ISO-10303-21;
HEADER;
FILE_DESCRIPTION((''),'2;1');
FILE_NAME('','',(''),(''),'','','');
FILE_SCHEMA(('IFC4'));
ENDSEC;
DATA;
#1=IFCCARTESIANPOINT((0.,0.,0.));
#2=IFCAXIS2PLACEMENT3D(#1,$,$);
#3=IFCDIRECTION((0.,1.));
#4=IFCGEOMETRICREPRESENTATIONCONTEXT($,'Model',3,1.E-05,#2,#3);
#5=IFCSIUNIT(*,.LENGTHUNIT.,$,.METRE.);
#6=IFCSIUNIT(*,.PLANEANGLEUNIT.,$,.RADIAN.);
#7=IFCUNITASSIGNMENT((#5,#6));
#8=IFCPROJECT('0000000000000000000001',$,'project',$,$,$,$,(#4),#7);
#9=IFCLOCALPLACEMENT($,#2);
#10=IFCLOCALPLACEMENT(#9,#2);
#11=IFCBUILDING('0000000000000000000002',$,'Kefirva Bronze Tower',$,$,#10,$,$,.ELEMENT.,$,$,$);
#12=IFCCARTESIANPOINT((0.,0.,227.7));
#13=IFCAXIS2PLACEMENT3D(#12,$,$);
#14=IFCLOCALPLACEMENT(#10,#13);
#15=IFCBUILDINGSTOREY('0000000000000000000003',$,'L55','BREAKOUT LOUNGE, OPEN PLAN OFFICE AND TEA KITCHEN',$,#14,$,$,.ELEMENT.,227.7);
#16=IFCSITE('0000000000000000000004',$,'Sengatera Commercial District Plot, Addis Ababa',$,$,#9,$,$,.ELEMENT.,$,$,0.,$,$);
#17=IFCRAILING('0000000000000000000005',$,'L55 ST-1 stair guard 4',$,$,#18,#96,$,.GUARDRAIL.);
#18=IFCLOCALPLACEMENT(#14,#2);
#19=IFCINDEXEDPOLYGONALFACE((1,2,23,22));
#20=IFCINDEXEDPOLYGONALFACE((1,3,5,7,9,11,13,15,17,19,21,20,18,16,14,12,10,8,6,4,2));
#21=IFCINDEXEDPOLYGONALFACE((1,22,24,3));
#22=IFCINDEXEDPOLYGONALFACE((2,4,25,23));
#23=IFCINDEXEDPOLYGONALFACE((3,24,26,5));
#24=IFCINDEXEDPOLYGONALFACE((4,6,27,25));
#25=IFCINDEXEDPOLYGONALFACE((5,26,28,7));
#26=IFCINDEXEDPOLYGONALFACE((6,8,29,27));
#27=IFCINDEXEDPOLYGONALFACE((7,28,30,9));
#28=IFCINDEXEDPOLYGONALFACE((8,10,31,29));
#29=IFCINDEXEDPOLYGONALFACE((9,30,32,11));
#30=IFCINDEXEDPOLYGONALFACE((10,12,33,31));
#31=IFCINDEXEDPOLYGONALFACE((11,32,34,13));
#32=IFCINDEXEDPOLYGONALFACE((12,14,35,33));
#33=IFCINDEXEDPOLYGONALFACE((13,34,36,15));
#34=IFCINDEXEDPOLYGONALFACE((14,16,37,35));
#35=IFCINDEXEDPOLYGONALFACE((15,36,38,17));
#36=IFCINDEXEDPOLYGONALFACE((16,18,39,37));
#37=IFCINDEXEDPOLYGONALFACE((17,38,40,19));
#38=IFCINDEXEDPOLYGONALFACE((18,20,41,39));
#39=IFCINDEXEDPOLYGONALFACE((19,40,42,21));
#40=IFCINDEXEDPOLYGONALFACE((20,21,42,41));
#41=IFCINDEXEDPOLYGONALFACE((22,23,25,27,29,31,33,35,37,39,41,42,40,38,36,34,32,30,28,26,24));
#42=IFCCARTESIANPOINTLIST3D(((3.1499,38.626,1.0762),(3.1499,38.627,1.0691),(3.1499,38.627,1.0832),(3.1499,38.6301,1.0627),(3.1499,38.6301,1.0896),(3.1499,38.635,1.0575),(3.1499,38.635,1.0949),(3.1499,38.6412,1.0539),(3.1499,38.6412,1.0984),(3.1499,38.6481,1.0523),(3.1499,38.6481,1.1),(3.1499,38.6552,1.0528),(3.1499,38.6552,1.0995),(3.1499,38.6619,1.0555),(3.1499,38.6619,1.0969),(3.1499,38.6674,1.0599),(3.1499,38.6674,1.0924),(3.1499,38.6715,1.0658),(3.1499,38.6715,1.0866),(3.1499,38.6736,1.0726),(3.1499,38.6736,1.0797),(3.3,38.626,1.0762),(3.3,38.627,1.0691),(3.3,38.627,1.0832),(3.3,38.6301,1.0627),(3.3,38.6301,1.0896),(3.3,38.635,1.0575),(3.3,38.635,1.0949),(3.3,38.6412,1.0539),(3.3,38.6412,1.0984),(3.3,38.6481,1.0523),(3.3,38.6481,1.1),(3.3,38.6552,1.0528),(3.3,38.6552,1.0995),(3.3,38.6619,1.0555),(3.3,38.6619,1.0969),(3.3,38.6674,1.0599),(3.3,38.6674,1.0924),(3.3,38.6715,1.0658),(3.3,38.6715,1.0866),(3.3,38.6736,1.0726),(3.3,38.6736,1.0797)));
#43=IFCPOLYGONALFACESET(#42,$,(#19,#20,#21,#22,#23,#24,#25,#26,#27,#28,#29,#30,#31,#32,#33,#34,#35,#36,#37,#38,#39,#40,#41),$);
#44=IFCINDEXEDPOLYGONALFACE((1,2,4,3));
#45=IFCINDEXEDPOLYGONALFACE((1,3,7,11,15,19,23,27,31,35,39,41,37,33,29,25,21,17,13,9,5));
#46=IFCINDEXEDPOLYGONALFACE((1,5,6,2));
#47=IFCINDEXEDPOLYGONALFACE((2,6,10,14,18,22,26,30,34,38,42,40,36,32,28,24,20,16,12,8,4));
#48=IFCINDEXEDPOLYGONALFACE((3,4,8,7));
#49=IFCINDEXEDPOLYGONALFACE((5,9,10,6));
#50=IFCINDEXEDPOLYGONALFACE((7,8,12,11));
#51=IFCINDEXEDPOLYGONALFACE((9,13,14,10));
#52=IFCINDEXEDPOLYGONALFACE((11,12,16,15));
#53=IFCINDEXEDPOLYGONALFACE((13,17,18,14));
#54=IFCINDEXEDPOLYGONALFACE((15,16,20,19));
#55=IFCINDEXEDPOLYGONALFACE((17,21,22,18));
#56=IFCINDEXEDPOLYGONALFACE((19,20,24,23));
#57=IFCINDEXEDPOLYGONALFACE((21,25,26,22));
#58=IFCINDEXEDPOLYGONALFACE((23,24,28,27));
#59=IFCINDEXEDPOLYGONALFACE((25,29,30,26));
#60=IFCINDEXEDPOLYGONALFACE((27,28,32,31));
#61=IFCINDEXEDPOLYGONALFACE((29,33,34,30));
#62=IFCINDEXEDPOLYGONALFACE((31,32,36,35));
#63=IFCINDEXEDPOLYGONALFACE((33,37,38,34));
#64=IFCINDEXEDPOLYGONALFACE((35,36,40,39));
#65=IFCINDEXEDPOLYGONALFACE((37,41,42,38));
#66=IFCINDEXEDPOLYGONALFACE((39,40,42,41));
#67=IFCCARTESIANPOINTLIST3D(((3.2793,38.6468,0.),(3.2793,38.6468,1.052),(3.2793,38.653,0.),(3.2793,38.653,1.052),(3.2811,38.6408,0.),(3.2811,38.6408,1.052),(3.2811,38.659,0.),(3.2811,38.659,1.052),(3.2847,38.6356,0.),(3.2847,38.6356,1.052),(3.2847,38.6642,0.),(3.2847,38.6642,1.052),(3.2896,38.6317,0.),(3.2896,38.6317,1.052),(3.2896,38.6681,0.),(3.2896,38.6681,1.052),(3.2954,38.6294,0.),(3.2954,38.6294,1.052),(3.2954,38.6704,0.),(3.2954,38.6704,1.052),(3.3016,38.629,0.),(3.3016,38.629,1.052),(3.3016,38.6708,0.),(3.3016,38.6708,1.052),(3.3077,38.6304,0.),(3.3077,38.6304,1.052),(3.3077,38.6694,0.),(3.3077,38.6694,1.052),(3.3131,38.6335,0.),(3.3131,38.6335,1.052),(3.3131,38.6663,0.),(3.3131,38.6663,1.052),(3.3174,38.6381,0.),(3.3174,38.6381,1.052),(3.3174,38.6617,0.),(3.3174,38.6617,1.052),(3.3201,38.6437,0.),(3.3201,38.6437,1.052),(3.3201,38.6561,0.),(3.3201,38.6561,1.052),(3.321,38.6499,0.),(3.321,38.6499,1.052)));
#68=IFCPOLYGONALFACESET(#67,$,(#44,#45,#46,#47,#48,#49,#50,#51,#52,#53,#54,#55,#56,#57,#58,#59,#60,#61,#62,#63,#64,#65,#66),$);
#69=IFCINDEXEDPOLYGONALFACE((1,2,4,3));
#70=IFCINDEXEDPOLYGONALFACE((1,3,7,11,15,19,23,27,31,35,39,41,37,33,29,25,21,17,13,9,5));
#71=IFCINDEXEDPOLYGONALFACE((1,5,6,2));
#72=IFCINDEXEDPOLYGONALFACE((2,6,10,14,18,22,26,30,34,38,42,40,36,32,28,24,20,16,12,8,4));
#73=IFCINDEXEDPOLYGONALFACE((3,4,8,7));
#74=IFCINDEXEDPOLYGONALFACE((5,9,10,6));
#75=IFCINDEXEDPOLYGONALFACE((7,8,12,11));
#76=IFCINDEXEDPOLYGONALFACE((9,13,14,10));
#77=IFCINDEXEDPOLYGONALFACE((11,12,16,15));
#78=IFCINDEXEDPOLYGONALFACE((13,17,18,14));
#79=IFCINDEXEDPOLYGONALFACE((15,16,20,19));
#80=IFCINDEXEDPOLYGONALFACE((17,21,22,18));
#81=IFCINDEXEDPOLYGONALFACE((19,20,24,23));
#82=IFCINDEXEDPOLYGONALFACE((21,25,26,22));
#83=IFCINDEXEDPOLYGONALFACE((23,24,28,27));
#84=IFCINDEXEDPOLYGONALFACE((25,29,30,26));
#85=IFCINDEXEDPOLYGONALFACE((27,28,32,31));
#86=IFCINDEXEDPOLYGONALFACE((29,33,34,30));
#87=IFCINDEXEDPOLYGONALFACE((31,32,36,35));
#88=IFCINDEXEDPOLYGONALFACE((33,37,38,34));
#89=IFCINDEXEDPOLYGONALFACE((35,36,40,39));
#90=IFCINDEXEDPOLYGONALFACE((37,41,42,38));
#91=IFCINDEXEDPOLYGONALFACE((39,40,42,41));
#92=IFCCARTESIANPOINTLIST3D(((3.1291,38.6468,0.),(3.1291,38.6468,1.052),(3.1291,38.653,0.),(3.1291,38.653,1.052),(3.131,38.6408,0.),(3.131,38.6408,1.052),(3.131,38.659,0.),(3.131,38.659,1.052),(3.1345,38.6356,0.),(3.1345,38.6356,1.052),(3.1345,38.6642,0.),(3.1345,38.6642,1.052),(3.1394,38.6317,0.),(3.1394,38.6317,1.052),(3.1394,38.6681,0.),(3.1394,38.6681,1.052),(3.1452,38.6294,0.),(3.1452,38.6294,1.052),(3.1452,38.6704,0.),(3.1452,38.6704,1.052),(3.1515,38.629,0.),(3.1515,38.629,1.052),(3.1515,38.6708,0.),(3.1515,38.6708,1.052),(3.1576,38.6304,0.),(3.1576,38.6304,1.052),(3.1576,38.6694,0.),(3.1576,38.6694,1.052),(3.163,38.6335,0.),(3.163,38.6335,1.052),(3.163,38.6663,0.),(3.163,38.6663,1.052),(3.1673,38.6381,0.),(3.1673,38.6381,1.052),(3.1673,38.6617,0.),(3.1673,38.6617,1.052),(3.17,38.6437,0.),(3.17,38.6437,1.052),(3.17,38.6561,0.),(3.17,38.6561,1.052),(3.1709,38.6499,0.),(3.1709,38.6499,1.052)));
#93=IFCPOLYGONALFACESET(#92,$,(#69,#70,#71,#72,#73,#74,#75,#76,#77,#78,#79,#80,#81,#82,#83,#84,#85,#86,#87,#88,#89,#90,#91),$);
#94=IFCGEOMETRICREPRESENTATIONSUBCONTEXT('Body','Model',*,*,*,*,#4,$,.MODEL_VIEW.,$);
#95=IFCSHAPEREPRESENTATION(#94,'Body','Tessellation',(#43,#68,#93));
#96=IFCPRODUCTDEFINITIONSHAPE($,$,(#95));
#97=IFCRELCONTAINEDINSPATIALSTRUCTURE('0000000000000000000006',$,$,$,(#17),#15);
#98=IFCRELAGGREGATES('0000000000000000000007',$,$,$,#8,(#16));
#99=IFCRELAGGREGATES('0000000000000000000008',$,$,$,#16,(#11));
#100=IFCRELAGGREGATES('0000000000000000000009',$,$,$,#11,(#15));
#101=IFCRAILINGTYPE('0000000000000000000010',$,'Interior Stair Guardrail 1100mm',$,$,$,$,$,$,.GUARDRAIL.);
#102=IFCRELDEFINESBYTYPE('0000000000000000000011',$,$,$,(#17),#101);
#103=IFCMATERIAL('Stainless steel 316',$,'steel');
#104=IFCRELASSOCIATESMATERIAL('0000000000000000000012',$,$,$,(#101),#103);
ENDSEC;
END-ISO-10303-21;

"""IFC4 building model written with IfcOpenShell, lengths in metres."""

from ifc_helpers import new_model, si_unit, direction, frame, origin, origin_2d, place, context, subcontext, project, spatial, circle, extrude, material, type_object, element, save


model = new_model("IFC4")

# Units and contexts
model_context = context("Model", 3, precision=1e-05, world=origin(), true_north=direction((0.0, 1.0)))
body_context = subcontext(model_context, "Body", "Model", "MODEL_VIEW")
ifc_project = project(units=[si_unit("LENGTHUNIT", "METRE"), si_unit("PLANEANGLEUNIT", "RADIAN")], contexts=[model_context])

# Site, building, storey
site_placement = place(None, origin())
site = spatial("IfcSite", under=ifc_project, at=site_placement, Name="Sengatera Commercial District Plot, Addis Ababa", CompositionType="ELEMENT", RefElevation=0.0)
building_placement = place(site_placement, origin())
building = spatial("IfcBuilding", under=site, at=building_placement, Name="Kefirva Bronze Tower", CompositionType="ELEMENT")
storey_placement = place(building_placement, frame((0.0, 0.0, 227.7)))
storey = spatial("IfcBuildingStorey", under=building, at=storey_placement, Name="L55", Description="BREAKOUT LOUNGE, OPEN PLAN OFFICE AND TEA KITCHEN", CompositionType="ELEMENT", Elevation=227.7)

# Railing
ifc_material_1 = material(Name="Stainless steel 316", Category="steel")
railing_type_1 = type_object("IfcRailingType", Name="Interior Stair Guardrail 1100mm", PredefinedType="GUARDRAIL", material=ifc_material_1)
railing_1_placement = place(storey_placement, frame((3.3, 38.6499, 0.0)))
element("IfcRailing", 1, at=railing_1_placement, inside=storey, type_object=railing_type_1, Name="L55 ST-1 stair guard 4", PredefinedType="GUARDRAIL", context=body_context, shape_type="SweptSolid", body=[
    extrude(circle(Radius=0.0239, at=origin_2d()), frame((0.0, 0.0, 1.0762), z_axis=(-1.0, 0.0, 0.0), x_axis=(0.0, -1.0, 0.0)), (0.0, 0.0, 1.0), 0.1501),
    extrude(circle(Radius=0.021, at=origin_2d()), origin(), (0.0, 0.0, 1.0), 1.052),
    extrude(circle(Radius=0.021, at=origin_2d()), frame((-0.1501, 0.0, 0.0)), (0.0, 0.0, 1.0), 1.052),
])

save(model, "model.ifc")
